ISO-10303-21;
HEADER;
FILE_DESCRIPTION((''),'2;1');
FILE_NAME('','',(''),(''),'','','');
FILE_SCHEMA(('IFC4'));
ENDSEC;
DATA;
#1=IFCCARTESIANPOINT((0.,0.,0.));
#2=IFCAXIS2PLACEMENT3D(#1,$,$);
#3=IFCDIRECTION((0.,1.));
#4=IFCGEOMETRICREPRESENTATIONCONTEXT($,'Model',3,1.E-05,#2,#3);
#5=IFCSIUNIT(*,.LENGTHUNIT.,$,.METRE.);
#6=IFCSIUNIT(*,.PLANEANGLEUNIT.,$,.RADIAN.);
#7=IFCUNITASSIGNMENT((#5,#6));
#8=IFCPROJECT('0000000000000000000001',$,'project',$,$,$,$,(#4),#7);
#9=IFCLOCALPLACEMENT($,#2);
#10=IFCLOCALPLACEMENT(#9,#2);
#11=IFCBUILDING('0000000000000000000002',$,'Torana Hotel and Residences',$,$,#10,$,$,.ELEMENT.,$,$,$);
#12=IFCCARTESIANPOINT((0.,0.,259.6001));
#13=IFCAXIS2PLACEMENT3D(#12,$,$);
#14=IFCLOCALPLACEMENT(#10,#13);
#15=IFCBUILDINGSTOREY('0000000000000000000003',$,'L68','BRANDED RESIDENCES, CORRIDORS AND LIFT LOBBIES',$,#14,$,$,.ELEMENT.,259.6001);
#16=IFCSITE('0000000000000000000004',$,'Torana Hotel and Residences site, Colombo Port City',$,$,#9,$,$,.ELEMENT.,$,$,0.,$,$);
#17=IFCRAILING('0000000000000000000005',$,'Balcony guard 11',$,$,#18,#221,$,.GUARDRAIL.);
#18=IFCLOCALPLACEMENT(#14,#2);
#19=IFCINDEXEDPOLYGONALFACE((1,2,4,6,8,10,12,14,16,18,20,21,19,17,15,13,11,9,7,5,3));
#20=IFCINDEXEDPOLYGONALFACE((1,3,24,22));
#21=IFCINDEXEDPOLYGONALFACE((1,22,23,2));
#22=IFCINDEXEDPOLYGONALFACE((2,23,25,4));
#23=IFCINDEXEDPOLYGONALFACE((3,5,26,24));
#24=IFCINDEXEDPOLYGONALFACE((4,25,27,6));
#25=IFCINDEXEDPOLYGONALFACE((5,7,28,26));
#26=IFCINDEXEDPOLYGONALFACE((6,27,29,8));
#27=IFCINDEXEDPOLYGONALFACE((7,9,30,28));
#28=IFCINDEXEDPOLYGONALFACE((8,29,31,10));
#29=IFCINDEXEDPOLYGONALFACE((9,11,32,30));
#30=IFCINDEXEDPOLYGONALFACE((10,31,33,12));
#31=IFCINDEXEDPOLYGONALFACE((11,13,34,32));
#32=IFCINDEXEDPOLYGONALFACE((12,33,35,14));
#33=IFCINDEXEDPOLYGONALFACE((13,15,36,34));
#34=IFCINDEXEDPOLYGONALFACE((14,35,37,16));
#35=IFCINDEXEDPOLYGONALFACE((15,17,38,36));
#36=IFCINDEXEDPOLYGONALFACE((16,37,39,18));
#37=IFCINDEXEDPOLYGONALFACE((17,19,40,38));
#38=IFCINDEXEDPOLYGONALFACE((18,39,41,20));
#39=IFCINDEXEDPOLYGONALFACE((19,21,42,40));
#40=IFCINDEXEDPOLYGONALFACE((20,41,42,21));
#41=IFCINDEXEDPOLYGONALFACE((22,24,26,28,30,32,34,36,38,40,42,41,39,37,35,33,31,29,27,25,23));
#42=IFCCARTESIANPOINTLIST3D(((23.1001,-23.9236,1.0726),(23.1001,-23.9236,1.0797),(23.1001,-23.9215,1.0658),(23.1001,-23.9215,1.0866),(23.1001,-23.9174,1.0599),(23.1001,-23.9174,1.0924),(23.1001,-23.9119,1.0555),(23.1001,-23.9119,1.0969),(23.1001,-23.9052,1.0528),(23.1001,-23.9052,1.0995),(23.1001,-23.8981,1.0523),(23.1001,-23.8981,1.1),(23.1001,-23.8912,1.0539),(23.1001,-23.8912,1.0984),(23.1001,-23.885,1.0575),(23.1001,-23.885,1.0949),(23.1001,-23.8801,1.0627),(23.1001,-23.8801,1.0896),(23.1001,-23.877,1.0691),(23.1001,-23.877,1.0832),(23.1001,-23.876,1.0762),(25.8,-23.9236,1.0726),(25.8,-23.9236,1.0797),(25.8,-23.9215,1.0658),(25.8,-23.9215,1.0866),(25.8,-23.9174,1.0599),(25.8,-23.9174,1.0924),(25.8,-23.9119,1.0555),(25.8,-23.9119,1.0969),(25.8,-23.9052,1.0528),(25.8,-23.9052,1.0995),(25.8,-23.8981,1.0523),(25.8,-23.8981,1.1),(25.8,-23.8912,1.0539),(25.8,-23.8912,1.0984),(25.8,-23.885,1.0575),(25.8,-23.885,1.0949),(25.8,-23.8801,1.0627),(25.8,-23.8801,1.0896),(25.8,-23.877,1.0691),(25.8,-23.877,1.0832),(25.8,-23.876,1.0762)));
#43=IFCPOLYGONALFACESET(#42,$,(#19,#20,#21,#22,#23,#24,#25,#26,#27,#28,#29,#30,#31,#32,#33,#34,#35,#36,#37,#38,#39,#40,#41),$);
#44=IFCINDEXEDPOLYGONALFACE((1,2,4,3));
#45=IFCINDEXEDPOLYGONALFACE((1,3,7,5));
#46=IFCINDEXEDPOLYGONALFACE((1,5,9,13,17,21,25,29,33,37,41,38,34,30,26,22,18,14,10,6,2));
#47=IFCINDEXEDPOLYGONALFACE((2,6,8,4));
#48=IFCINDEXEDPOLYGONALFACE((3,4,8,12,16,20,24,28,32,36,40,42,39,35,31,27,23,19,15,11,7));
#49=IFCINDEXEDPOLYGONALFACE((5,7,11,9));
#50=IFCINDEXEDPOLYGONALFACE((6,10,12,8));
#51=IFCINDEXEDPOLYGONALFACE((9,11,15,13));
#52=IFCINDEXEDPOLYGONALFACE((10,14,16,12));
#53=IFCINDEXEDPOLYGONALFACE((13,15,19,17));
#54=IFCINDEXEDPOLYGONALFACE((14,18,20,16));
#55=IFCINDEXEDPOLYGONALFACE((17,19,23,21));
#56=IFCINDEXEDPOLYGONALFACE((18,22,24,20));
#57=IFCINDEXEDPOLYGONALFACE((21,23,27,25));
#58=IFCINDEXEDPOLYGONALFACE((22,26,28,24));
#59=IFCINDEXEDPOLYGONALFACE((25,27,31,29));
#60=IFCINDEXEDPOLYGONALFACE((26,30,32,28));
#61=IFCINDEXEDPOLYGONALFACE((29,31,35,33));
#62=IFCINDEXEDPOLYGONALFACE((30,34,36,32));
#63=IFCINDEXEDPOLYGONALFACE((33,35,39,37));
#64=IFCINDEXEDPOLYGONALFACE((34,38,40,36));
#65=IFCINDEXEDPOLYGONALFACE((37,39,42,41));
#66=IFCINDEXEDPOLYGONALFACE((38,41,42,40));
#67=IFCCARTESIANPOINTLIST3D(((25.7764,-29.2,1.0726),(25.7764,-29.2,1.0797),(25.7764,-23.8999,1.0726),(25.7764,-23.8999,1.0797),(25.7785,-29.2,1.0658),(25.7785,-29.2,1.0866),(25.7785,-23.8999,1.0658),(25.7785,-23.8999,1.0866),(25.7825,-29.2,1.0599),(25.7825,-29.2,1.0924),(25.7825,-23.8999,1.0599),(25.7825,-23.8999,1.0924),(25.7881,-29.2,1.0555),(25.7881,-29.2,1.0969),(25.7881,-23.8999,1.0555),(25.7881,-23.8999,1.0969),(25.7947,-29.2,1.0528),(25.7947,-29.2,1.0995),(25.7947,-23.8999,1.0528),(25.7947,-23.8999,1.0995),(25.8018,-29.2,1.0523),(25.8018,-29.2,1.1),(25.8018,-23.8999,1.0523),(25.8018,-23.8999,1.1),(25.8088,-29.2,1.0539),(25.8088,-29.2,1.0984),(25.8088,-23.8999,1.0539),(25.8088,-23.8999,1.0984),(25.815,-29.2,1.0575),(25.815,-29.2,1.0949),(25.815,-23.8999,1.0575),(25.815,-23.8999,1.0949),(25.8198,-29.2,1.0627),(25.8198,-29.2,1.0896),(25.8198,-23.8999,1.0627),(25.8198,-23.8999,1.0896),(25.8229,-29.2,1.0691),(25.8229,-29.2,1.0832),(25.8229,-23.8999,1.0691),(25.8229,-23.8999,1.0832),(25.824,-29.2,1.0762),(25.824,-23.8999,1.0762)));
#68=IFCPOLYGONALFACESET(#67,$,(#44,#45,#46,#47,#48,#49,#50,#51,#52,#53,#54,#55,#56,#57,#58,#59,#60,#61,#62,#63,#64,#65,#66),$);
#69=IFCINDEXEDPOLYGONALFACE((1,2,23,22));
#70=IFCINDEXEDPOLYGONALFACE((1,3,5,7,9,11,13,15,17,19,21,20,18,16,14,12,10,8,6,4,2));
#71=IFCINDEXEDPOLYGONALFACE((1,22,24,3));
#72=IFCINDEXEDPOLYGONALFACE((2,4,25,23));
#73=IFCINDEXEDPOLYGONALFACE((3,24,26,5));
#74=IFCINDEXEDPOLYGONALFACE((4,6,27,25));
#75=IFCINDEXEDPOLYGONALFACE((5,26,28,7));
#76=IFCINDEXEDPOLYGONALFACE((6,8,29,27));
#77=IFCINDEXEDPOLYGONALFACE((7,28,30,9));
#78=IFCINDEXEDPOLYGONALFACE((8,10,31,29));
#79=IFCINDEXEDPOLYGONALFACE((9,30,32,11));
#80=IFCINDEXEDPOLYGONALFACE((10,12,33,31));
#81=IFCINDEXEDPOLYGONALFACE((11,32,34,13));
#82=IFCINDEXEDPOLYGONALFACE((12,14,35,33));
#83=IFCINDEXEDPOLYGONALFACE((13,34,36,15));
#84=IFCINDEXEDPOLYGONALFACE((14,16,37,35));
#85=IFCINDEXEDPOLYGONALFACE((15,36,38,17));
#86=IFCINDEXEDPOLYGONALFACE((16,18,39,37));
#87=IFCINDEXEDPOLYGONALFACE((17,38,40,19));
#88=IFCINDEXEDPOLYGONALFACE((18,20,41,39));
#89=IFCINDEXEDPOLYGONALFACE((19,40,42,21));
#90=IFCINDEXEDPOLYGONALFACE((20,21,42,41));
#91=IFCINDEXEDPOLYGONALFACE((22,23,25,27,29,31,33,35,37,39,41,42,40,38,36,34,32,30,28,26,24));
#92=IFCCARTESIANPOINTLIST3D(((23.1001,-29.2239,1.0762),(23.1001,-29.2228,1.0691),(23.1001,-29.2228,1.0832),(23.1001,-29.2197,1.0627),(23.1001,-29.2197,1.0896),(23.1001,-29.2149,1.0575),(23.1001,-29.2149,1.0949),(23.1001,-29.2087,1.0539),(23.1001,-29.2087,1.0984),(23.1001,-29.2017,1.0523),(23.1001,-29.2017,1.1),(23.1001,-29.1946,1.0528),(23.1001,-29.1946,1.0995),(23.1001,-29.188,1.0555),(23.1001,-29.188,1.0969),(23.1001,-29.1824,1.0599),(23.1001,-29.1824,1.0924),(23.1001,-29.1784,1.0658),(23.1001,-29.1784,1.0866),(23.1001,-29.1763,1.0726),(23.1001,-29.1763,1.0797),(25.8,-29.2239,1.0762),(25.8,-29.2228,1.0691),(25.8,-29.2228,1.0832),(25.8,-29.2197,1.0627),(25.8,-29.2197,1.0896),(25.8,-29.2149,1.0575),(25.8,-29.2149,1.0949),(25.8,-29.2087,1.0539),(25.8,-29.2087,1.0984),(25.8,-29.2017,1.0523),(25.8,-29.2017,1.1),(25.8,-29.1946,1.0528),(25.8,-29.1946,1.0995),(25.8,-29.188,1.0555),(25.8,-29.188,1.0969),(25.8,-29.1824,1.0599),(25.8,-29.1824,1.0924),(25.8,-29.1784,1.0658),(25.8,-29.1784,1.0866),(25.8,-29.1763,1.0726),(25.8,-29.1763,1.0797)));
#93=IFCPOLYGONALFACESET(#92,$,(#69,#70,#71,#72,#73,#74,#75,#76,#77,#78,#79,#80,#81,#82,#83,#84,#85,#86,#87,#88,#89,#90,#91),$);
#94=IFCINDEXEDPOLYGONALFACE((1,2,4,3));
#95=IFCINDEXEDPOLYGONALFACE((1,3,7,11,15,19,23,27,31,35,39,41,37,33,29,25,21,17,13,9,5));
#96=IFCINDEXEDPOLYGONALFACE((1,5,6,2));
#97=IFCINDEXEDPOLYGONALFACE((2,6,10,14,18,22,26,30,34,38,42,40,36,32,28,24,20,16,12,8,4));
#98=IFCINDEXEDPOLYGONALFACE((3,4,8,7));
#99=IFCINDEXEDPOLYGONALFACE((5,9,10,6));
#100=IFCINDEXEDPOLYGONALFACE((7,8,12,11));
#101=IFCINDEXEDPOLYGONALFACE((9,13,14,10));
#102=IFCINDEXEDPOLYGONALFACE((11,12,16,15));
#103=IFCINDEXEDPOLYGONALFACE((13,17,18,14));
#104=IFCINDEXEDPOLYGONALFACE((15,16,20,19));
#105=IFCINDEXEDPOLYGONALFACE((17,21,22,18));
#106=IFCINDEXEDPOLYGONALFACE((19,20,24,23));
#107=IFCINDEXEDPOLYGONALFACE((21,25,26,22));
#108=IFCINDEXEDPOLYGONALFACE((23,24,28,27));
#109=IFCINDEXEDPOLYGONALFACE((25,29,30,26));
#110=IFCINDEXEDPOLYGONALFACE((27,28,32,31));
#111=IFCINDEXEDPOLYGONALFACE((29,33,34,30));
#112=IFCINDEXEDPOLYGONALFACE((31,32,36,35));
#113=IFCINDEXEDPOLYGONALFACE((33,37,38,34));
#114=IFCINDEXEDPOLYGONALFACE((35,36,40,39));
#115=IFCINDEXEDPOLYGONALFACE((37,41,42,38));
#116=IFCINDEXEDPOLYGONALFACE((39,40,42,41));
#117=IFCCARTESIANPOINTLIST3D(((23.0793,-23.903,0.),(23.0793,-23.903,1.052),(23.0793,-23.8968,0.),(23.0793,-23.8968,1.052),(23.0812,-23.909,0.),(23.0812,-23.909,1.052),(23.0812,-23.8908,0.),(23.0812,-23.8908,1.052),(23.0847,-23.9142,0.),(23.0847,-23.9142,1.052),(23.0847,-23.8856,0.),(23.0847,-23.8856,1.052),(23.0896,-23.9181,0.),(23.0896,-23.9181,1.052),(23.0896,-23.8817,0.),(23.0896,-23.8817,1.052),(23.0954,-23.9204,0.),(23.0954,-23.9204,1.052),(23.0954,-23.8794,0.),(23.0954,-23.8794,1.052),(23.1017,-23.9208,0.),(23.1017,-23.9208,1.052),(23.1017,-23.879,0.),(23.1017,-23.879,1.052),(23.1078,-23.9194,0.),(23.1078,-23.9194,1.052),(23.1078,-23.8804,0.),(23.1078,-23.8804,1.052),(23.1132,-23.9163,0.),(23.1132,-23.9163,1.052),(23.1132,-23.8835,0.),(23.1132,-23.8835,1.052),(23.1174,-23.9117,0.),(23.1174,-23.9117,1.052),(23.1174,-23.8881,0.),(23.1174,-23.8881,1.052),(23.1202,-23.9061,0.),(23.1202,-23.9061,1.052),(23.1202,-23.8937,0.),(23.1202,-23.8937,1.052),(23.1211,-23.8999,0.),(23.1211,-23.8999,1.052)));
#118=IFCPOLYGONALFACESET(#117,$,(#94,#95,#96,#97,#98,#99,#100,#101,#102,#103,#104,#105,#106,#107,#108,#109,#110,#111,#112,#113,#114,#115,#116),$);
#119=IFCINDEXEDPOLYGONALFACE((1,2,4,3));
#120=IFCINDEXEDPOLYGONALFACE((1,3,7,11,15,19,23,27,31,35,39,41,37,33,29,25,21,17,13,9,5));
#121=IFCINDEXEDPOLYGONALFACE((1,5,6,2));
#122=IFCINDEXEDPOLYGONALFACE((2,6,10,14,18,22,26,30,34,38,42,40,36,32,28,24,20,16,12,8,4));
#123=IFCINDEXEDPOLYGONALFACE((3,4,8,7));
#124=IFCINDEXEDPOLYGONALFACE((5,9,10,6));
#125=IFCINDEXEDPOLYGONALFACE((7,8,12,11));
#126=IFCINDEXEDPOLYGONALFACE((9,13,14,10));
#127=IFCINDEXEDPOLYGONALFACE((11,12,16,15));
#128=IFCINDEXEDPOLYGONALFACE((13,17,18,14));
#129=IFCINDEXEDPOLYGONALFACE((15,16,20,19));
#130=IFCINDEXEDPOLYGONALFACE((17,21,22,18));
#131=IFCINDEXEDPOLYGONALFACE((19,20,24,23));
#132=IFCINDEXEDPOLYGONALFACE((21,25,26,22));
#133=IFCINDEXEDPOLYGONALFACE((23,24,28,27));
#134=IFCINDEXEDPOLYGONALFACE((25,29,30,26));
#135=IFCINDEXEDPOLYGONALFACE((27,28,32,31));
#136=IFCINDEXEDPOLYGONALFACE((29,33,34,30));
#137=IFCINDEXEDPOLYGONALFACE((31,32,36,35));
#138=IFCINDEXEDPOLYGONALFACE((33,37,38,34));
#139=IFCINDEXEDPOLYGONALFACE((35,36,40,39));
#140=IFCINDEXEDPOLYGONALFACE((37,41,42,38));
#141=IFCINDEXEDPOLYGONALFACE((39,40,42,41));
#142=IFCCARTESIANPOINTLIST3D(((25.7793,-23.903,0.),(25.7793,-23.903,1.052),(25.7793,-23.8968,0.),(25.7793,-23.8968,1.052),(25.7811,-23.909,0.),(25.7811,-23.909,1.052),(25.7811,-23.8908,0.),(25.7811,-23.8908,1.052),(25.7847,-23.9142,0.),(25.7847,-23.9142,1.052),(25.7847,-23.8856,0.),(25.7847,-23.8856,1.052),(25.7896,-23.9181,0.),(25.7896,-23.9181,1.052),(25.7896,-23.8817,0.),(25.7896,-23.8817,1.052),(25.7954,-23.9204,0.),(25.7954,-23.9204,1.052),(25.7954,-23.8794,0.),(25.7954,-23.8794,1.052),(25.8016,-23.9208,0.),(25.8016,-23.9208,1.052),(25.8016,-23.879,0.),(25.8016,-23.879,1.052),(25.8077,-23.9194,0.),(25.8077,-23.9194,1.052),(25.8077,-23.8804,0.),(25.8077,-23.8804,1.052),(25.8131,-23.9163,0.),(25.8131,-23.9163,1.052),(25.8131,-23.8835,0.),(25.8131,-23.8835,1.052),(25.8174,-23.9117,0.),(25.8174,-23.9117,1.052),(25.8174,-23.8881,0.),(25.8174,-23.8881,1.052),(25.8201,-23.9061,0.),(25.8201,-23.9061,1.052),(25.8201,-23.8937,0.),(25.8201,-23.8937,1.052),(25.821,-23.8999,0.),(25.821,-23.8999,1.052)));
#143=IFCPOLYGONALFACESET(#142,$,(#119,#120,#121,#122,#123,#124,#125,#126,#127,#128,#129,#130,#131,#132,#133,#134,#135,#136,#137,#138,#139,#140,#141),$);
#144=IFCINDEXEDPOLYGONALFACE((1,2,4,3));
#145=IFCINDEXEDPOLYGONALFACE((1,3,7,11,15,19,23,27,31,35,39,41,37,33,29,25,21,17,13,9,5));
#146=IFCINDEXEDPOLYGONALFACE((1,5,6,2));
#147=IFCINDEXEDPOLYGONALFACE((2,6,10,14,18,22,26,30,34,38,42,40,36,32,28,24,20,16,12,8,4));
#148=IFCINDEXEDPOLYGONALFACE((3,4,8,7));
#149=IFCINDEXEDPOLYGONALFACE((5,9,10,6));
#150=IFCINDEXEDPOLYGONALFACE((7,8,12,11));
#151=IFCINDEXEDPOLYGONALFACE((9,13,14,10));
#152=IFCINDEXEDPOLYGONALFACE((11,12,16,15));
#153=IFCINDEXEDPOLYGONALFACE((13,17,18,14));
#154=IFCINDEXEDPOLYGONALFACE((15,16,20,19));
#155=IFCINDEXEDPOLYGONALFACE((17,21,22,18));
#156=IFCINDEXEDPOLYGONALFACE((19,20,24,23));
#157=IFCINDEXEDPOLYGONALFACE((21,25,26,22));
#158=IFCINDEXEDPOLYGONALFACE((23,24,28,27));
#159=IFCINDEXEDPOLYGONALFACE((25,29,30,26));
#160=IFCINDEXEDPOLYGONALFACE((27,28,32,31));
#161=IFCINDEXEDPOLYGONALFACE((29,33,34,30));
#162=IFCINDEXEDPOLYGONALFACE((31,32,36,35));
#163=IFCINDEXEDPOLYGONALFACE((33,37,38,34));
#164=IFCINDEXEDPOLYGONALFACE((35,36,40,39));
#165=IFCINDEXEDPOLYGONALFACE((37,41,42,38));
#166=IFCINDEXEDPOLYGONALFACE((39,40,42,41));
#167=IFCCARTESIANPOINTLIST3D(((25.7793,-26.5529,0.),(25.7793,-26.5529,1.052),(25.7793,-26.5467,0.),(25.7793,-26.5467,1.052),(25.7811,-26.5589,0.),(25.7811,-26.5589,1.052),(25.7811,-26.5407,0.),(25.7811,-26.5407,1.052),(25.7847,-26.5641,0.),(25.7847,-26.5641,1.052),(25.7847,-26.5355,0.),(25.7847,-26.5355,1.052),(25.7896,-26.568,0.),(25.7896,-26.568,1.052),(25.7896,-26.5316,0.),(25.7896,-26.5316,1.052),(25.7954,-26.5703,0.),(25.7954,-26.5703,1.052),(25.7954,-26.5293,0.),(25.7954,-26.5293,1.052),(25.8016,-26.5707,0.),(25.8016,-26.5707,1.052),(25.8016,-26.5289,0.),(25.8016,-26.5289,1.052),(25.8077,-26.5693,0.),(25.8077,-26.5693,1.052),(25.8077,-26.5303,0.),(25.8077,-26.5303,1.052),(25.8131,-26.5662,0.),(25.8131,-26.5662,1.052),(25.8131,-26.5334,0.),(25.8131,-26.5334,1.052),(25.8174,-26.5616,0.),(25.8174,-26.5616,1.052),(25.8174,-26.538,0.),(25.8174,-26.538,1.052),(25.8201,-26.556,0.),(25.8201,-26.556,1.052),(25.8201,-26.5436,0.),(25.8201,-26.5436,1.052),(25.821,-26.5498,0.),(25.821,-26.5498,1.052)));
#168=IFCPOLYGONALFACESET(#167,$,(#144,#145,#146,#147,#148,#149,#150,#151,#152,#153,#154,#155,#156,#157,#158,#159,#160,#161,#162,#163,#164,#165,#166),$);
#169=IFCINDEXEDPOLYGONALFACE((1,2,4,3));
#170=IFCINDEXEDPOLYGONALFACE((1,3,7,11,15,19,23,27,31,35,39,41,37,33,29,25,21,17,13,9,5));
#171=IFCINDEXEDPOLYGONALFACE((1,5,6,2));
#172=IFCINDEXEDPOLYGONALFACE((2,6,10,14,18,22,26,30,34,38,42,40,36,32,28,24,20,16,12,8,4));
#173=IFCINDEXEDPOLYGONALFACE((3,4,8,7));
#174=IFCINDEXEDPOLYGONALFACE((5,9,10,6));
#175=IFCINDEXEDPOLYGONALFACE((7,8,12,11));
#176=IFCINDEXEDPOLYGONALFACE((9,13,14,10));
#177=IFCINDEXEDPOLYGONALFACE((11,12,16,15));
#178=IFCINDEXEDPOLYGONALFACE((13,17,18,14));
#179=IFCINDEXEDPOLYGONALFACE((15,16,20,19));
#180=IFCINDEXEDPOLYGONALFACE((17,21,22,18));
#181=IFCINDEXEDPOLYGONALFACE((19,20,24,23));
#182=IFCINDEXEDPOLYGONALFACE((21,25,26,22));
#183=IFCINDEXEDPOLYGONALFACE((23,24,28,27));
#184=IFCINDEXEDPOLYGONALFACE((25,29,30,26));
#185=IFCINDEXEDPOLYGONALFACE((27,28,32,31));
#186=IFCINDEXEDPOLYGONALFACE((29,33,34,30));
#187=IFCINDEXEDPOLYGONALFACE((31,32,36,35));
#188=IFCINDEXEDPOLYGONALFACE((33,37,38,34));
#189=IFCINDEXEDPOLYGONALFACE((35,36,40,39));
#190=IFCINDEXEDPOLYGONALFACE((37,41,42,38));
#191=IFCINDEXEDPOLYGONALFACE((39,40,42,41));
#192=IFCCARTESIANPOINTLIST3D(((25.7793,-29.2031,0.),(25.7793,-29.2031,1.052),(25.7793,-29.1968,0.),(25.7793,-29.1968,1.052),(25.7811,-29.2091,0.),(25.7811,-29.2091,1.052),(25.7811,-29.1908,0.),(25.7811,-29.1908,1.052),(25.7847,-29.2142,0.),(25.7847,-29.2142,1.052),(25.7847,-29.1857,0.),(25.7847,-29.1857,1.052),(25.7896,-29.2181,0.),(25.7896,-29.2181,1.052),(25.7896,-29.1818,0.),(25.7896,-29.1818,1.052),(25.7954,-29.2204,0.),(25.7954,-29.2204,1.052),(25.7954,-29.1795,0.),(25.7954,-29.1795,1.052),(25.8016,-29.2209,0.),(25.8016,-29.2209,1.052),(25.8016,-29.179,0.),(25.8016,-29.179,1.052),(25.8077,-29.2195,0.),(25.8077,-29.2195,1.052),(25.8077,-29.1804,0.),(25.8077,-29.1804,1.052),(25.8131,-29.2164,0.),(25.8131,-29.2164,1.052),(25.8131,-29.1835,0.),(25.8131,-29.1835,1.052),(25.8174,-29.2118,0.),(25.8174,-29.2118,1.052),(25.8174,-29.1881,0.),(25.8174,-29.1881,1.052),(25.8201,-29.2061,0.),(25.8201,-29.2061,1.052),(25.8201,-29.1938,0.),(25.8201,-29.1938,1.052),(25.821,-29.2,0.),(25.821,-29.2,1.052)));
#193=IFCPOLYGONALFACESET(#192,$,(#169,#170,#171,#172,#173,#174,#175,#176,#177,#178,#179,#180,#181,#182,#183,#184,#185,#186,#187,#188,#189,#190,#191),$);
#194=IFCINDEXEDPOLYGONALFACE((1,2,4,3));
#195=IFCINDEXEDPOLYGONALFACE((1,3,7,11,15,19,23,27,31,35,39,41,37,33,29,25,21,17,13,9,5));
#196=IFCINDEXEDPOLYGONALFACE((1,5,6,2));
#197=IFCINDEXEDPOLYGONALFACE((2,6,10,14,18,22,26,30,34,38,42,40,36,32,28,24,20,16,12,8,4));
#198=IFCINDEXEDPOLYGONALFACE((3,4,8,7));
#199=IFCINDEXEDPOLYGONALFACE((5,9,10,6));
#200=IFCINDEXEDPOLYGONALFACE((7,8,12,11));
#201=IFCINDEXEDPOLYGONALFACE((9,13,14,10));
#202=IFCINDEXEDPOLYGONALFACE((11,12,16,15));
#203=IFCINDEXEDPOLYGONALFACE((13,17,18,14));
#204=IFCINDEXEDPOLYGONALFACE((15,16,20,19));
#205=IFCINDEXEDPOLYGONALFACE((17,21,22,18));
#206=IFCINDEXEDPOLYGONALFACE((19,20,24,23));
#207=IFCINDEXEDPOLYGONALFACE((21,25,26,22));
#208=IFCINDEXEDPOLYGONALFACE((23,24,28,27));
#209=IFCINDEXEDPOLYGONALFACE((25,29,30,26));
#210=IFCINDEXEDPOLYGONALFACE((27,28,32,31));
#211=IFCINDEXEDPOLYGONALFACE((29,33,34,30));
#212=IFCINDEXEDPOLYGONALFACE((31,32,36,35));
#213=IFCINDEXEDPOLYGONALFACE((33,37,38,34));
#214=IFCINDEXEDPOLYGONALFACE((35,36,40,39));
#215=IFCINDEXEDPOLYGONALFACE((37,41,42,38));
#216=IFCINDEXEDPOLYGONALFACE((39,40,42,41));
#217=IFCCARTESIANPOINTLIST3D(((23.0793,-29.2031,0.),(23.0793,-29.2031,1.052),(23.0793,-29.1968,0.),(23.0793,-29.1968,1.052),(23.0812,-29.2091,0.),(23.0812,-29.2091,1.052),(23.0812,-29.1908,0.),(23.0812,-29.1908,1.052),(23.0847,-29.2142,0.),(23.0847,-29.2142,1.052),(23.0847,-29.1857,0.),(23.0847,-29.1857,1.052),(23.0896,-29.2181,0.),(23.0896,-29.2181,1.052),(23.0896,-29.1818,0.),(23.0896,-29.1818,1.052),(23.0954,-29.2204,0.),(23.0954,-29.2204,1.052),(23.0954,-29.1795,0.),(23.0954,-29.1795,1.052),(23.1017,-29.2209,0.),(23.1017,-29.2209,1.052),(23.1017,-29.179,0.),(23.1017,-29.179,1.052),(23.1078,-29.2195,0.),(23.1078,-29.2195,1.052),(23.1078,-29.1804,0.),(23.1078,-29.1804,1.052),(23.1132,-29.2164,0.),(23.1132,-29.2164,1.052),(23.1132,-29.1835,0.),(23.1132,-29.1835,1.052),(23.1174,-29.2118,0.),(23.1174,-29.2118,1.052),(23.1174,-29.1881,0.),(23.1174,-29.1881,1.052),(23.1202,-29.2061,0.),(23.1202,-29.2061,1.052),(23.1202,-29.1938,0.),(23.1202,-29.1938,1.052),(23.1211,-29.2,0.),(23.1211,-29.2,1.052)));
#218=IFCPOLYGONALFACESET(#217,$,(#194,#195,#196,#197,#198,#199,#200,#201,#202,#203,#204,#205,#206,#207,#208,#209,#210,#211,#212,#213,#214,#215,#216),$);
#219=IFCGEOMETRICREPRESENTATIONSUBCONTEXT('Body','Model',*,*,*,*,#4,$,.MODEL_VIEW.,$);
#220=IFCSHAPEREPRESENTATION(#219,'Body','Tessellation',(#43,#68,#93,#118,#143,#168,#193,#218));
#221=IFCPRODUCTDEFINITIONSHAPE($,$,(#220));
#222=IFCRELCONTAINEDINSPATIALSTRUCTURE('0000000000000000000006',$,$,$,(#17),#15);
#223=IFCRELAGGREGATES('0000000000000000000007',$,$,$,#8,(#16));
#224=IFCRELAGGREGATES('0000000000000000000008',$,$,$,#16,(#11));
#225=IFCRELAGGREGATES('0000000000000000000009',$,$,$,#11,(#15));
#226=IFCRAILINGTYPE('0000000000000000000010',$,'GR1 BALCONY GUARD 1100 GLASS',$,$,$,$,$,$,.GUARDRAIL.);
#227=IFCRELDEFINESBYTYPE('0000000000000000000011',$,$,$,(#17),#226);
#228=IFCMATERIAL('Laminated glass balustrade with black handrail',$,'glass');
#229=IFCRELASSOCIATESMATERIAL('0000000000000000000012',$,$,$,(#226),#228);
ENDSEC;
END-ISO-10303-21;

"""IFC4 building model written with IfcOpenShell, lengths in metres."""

from ifc_helpers import new_model, si_unit, direction, frame, origin, origin_2d, place, context, subcontext, project, spatial, circle, extrude, material, type_object, element, save


model = new_model("IFC4")

# Units and contexts
model_context = context("Model", 3, precision=1e-05, world=origin(), true_north=direction((0.0, 1.0)))
body_context = subcontext(model_context, "Body", "Model", "MODEL_VIEW")
ifc_project = project(units=[si_unit("LENGTHUNIT", "METRE"), si_unit("PLANEANGLEUNIT", "RADIAN")], contexts=[model_context])

# Site, building, storey
site_placement = place(None, origin())
site = spatial("IfcSite", under=ifc_project, at=site_placement, Name="Torana Hotel and Residences site, Colombo Port City", CompositionType="ELEMENT", RefElevation=0.0)
building_placement = place(site_placement, origin())
building = spatial("IfcBuilding", under=site, at=building_placement, Name="Torana Hotel and Residences", CompositionType="ELEMENT")
storey_placement = place(building_placement, frame((0.0, 0.0, 259.6001)))
storey = spatial("IfcBuildingStorey", under=building, at=storey_placement, Name="L68", Description="BRANDED RESIDENCES, CORRIDORS AND LIFT LOBBIES", CompositionType="ELEMENT", Elevation=259.6001)

# Railing
ifc_material_1 = material(Name="Laminated glass balustrade with black handrail", Category="glass")
railing_type = type_object("IfcRailingType", Name="GR1 BALCONY GUARD 1100 GLASS", PredefinedType="GUARDRAIL", material=ifc_material_1)
railing_1_placement = place(storey_placement, frame((23.1001, -23.8999, 0.0)))
element("IfcRailing", 1, at=railing_1_placement, inside=storey, type_object=railing_type, Name="Balcony guard 11", PredefinedType="GUARDRAIL", context=body_context, shape_type="SweptSolid", body=[
    extrude(circle(Radius=0.0239, at=origin_2d()), frame((0.0, 0.0, 1.0762), z_axis=(1.0, 0.0, 0.0), x_axis=(0.0, 1.0, 0.0)), (0.0, 0.0, 1.0), 2.7),
    extrude(circle(Radius=0.0239, at=origin_2d()), frame((2.7, 0.0, 1.0762), z_axis=(0.0, -1.0, 0.0), x_axis=(1.0, 0.0, 0.0)), (0.0, 0.0, 1.0), 5.3),
    extrude(circle(Radius=0.0239, at=origin_2d()), frame((2.7, -5.3, 1.0762), z_axis=(-1.0, 0.0, 0.0), x_axis=(0.0, -1.0, 0.0)), (0.0, 0.0, 1.0), 2.7),
    extrude(circle(Radius=0.021, at=origin_2d()), origin(), (0.0, 0.0, 1.0), 1.052),
    extrude(circle(Radius=0.021, at=origin_2d()), frame((2.7, 0.0, 0.0)), (0.0, 0.0, 1.0), 1.052),
    extrude(circle(Radius=0.021, at=origin_2d()), frame((2.7, -2.6499, 0.0)), (0.0, 0.0, 1.0), 1.052),
    extrude(circle(Radius=0.021, at=origin_2d()), frame((2.7, -5.3, 0.0)), (0.0, 0.0, 1.0), 1.052),
    extrude(circle(Radius=0.021, at=origin_2d()), frame((0.0, -5.3, 0.0)), (0.0, 0.0, 1.0), 1.052),
])

save(model, "model.ifc")
